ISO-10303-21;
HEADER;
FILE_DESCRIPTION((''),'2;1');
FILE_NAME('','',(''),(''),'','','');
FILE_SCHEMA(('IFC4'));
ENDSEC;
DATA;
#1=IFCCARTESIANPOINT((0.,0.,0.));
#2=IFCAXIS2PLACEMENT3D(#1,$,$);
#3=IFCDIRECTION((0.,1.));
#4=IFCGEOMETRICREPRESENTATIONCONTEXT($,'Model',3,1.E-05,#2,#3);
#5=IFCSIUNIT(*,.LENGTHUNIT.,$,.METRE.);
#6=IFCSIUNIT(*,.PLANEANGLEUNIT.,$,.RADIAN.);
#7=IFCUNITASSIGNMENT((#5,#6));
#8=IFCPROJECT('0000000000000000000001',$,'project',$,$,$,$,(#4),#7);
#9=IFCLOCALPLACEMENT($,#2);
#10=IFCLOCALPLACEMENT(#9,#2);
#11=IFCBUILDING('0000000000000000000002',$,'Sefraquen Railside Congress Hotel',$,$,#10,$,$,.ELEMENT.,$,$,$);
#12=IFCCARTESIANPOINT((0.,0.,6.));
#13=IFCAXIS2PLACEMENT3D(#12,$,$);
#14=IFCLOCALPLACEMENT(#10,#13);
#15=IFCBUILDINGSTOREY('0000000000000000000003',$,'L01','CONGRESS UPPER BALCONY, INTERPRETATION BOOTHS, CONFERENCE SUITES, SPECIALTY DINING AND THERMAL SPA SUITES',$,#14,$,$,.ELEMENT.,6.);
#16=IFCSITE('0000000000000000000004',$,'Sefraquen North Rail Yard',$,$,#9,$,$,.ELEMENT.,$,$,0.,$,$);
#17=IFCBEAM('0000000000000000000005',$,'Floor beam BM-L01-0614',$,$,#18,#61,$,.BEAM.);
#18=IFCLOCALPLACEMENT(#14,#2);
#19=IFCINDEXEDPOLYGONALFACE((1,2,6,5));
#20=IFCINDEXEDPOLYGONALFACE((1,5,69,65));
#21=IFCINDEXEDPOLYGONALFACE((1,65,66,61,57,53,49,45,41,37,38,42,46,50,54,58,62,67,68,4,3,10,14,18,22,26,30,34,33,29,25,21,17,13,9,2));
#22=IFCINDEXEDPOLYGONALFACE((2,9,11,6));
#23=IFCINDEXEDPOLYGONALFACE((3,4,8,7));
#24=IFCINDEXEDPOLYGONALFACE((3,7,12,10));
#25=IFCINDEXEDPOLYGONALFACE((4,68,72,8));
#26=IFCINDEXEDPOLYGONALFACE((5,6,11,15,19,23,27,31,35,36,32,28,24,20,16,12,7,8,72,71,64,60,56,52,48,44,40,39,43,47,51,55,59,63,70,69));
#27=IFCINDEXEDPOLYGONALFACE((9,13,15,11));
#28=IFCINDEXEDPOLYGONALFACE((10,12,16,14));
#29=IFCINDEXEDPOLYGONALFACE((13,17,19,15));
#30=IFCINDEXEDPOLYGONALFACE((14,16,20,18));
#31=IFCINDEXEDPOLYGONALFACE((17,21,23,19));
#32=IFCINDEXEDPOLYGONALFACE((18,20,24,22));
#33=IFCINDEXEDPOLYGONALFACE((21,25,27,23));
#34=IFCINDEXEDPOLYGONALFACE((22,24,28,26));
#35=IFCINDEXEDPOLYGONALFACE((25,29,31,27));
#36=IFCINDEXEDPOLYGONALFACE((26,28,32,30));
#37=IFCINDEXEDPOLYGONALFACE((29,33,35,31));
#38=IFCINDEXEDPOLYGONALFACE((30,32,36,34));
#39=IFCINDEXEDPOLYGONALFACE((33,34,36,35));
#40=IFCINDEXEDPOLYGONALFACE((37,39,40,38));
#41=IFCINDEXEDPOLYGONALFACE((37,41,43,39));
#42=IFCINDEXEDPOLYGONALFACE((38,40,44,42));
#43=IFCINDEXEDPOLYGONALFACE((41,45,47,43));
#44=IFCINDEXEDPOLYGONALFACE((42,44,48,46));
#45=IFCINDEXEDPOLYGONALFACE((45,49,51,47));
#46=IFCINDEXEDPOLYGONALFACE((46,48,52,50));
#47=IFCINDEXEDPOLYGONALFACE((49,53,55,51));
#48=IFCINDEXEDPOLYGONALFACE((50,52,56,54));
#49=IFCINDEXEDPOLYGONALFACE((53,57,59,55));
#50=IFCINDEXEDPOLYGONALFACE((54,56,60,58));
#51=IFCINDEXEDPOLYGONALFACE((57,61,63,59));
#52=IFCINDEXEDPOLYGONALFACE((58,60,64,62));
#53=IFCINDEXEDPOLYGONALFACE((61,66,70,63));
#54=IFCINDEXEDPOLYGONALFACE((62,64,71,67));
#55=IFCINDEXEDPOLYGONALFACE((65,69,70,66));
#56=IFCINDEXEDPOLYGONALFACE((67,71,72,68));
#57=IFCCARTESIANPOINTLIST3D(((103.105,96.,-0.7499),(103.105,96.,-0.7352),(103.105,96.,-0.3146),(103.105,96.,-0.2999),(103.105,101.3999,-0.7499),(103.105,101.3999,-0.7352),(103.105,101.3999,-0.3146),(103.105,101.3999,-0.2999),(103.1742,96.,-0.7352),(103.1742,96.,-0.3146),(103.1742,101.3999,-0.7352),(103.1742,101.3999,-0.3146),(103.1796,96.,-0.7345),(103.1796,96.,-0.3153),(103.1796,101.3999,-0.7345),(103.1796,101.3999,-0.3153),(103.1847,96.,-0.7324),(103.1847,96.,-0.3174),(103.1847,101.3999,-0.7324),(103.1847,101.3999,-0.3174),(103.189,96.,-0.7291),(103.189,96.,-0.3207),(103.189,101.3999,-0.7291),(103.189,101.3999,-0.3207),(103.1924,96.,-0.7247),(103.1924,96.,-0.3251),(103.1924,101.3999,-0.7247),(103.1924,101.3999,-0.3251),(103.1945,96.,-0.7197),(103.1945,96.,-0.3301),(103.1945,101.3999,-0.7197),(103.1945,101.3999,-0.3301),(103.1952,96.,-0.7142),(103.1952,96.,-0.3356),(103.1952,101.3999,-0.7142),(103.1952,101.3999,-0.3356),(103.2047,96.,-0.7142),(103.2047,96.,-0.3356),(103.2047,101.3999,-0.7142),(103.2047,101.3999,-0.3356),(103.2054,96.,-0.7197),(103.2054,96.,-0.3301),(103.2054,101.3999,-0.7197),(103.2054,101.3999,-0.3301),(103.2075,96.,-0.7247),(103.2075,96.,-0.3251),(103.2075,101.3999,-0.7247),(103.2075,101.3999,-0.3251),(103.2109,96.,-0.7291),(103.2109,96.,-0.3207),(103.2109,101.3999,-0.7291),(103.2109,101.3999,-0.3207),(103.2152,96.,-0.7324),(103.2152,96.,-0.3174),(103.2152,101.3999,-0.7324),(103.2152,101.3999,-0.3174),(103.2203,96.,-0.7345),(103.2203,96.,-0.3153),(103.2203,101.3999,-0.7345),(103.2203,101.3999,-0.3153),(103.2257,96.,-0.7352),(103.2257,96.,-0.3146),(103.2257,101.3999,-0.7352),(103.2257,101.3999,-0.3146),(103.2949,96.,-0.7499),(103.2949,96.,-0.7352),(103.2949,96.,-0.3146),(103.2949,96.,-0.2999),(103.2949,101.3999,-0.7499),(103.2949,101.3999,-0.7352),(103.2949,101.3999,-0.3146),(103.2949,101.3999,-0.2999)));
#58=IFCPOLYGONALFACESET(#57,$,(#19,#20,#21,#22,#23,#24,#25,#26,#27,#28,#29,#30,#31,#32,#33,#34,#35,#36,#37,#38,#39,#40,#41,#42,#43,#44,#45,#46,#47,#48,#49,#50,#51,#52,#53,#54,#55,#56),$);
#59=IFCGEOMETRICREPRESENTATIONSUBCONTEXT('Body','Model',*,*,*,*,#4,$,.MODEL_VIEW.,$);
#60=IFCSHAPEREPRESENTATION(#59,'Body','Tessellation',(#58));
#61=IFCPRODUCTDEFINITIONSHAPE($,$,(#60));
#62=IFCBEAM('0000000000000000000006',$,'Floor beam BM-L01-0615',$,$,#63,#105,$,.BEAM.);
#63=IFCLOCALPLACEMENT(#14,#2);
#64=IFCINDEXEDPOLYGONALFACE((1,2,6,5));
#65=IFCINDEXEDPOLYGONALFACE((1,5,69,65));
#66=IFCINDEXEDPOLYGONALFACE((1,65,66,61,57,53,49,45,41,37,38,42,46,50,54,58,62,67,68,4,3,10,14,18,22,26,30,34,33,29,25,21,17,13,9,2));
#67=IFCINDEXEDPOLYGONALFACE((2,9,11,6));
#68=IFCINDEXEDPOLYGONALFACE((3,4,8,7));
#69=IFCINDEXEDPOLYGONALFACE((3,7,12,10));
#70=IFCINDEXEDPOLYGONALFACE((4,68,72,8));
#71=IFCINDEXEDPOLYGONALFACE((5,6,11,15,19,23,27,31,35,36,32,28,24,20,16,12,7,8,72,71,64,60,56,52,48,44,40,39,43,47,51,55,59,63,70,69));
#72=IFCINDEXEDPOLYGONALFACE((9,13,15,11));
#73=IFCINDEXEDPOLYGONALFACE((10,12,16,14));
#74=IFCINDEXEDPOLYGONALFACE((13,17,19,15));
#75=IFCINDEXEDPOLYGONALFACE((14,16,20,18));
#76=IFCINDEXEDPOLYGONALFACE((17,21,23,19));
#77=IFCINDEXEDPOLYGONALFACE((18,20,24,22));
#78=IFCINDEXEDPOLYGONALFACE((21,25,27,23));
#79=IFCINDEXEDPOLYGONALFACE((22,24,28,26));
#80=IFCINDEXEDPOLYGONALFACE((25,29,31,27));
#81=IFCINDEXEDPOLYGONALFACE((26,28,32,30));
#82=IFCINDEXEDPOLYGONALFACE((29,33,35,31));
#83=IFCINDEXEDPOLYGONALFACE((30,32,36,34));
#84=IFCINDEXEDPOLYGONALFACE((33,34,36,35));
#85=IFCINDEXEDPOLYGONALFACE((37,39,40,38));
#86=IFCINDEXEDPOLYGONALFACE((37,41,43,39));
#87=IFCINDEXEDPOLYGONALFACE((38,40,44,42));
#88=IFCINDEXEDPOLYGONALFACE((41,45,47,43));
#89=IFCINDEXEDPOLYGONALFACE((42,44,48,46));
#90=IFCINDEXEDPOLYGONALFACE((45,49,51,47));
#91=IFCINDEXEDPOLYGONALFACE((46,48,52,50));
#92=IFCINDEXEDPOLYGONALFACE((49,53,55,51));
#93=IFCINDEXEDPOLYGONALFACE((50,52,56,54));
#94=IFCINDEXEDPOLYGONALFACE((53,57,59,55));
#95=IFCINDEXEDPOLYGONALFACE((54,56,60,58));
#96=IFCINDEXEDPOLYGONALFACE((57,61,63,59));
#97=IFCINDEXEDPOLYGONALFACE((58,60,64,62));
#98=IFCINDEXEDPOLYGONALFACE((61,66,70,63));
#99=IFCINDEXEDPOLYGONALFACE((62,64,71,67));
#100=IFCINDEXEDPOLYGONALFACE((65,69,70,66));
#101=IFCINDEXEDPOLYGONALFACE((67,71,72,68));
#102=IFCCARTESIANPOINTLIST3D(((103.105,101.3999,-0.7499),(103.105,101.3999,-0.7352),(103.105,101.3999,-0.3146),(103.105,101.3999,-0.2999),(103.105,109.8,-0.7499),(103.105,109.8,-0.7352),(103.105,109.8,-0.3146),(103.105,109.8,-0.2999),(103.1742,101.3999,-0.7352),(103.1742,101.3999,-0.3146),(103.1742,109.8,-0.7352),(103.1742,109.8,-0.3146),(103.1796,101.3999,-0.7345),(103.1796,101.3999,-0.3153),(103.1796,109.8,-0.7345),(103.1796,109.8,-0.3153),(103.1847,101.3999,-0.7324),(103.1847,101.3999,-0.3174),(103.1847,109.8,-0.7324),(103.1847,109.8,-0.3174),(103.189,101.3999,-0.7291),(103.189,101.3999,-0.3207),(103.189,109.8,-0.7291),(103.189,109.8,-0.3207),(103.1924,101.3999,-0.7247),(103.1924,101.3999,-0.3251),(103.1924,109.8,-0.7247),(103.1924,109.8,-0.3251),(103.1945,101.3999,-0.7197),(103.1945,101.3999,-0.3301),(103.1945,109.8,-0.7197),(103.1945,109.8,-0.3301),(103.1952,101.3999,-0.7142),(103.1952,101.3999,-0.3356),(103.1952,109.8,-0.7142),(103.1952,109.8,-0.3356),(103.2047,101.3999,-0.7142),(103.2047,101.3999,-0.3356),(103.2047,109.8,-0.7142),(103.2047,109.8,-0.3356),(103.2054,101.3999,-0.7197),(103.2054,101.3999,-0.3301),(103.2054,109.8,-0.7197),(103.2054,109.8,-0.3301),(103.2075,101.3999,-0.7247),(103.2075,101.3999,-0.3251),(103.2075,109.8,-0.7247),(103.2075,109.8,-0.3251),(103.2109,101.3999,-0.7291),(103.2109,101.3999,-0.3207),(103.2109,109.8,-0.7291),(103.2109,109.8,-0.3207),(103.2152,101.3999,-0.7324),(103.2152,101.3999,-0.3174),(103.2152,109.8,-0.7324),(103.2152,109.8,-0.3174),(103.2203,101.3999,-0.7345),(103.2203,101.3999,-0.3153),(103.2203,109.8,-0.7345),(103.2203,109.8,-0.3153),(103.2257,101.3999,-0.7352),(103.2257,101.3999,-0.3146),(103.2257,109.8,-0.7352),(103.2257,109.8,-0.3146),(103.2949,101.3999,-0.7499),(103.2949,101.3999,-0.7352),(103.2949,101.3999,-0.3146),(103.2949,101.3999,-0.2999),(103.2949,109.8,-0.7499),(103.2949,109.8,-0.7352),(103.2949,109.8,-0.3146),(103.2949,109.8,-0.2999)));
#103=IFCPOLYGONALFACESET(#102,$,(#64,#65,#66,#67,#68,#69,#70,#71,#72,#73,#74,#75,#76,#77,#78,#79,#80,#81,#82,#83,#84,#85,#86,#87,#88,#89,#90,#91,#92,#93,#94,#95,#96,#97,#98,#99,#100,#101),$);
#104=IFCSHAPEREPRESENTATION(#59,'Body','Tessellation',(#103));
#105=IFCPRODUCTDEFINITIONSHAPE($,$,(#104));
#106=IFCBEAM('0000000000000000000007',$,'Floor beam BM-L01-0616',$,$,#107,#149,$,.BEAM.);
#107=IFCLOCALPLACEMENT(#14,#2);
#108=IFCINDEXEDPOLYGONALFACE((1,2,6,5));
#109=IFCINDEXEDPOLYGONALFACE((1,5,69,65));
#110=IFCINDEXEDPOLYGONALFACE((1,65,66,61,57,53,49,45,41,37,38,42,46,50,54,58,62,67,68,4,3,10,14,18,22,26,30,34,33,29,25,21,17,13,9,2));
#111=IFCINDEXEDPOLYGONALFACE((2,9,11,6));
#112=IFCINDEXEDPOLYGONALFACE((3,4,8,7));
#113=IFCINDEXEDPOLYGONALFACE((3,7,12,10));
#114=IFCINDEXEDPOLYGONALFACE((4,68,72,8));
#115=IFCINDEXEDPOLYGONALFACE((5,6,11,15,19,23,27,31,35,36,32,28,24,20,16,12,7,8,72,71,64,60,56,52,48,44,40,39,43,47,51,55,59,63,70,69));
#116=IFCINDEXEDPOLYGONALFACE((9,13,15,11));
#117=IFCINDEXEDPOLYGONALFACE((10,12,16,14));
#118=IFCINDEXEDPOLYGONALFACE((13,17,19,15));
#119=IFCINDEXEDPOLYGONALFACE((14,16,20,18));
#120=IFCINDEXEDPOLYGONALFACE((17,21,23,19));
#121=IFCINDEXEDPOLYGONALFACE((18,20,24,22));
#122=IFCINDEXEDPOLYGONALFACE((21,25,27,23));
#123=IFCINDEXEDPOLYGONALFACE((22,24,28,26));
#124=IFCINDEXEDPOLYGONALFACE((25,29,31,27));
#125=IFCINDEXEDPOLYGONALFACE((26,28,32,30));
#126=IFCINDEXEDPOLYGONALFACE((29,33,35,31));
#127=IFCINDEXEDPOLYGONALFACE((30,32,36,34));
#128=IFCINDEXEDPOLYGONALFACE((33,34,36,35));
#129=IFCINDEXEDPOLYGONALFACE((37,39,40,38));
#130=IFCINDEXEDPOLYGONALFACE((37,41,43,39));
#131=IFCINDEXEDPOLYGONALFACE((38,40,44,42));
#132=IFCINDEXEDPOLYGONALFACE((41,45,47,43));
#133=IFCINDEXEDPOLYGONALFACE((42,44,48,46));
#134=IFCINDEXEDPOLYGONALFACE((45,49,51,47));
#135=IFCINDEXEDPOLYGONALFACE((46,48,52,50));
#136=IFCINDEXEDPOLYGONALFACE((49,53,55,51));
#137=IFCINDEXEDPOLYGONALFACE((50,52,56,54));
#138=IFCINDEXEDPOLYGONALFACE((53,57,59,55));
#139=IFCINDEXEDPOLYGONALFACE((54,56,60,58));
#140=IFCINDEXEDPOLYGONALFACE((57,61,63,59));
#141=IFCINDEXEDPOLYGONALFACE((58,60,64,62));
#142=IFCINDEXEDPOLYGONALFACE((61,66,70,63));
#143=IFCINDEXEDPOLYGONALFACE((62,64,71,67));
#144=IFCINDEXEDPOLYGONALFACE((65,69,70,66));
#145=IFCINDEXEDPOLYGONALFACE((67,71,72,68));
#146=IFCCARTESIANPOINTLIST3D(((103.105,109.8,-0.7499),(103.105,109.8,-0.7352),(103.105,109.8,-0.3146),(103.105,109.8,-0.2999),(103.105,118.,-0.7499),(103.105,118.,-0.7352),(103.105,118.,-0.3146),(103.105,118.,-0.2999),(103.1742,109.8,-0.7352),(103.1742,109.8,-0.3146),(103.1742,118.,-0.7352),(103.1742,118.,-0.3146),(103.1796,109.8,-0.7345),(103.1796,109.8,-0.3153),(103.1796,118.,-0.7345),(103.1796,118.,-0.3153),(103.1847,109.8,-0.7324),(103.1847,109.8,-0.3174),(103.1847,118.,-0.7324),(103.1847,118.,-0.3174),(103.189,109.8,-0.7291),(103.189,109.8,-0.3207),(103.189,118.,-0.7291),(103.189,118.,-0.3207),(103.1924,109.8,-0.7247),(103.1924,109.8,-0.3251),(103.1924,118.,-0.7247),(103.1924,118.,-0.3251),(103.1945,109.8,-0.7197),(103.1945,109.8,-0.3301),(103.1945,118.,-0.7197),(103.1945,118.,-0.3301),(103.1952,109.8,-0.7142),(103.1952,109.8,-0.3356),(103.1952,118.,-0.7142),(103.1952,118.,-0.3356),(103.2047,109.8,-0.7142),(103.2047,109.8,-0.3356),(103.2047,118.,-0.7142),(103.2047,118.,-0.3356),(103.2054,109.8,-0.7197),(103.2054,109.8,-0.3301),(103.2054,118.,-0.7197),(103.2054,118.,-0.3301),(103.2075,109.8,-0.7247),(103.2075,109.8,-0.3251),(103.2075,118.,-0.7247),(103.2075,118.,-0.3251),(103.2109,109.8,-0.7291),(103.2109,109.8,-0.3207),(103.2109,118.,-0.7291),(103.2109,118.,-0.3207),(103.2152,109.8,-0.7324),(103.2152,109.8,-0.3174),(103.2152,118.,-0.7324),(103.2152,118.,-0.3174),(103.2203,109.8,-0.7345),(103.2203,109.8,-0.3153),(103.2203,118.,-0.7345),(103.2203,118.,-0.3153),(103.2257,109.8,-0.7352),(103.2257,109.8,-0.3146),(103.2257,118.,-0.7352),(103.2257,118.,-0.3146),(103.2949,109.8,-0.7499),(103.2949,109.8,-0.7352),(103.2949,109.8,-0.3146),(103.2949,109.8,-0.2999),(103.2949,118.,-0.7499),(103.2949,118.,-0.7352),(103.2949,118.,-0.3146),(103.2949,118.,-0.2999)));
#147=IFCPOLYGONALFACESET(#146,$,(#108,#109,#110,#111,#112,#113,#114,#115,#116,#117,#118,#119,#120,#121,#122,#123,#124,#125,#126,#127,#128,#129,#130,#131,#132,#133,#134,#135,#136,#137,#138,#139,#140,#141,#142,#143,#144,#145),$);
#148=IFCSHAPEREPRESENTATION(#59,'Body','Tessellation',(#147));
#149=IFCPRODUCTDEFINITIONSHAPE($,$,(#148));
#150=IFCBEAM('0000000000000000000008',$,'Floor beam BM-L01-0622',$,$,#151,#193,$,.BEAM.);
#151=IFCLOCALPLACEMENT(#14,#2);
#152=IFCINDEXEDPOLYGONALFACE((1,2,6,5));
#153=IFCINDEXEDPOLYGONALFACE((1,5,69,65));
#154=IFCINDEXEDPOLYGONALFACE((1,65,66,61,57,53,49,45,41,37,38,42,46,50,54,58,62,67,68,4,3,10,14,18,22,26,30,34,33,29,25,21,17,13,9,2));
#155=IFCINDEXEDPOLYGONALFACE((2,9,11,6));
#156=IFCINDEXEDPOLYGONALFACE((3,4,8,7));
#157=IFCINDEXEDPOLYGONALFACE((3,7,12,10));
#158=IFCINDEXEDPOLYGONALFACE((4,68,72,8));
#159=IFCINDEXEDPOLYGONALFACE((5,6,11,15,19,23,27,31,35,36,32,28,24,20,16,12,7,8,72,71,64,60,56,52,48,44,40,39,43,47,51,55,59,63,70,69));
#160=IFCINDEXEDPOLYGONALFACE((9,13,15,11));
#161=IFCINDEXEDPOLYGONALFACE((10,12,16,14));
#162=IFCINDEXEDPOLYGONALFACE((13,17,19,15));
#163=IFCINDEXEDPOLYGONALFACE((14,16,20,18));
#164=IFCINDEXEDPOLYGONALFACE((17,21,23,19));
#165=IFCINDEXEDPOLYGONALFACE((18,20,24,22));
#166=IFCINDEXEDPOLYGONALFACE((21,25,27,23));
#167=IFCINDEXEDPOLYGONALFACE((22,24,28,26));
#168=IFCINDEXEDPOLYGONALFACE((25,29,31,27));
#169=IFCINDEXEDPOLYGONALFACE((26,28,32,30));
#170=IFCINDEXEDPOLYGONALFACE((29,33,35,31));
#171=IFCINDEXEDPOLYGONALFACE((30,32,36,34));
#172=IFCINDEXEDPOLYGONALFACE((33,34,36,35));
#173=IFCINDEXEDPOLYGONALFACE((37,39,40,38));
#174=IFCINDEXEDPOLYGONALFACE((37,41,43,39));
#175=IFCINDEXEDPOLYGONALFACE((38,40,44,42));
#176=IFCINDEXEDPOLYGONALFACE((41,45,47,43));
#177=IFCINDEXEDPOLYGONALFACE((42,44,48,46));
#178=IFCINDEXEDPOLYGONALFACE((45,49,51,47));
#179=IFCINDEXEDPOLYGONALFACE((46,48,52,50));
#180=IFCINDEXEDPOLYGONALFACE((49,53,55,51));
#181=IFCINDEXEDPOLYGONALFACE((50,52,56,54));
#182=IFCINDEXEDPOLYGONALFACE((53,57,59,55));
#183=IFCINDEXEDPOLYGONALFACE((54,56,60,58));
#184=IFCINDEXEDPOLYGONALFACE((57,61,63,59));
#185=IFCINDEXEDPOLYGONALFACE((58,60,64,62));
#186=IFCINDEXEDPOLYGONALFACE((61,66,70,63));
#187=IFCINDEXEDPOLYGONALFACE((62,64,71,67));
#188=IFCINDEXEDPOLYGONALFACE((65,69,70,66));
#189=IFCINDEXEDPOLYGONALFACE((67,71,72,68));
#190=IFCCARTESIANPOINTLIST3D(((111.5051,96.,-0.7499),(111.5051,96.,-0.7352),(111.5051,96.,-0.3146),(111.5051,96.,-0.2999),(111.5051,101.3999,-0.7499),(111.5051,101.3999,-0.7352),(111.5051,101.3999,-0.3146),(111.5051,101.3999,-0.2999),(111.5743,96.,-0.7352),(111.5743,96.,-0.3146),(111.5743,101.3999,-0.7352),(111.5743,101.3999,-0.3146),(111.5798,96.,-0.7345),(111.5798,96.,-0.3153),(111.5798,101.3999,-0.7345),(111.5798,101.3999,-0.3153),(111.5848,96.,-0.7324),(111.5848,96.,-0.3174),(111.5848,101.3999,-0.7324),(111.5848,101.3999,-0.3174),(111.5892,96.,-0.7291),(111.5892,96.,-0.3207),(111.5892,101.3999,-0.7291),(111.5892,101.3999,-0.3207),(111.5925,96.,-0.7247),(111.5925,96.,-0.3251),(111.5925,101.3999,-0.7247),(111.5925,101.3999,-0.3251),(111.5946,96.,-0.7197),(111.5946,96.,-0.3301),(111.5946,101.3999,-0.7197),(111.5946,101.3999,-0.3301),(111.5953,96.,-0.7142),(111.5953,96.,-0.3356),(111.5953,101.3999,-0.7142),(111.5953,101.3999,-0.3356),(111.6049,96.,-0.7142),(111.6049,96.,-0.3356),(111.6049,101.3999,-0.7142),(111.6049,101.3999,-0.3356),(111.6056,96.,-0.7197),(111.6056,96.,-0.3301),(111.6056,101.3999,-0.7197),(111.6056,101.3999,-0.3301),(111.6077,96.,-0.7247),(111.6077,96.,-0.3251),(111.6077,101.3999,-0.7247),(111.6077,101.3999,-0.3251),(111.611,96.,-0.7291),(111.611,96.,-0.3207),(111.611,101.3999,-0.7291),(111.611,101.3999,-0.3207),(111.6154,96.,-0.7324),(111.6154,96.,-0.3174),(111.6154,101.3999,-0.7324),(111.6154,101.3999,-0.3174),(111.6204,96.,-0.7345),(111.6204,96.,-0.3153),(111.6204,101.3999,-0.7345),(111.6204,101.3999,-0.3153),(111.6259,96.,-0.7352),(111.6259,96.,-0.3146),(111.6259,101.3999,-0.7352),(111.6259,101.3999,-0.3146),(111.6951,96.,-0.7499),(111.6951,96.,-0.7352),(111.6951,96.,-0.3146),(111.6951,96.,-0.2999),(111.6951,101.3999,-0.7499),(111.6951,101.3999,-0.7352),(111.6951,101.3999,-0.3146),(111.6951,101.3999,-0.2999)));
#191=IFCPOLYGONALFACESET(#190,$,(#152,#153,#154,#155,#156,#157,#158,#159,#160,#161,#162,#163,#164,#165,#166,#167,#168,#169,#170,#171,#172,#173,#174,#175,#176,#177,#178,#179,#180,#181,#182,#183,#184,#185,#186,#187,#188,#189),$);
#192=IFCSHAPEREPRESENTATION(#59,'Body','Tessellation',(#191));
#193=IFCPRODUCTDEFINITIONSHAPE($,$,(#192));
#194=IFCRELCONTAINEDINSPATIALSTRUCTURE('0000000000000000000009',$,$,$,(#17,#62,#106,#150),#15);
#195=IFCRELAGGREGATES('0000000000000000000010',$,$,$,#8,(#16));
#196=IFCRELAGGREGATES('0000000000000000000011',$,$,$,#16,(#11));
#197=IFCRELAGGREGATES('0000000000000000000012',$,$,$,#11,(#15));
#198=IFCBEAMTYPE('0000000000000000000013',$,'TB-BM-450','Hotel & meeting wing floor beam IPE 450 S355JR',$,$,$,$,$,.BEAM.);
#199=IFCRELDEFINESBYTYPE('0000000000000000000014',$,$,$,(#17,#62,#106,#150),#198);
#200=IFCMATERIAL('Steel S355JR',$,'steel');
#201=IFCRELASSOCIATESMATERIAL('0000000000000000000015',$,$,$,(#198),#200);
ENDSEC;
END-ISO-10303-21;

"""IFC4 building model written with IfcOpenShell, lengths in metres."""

from ifc_helpers import new_model, si_unit, direction, frame, origin, origin_2d, place, context, subcontext, project, spatial, i_section, extrude, material, material_profile, profile_set, type_object, element, save


model = new_model("IFC4")

# Units and contexts
model_context = context("Model", 3, precision=1e-05, world=origin(), true_north=direction((0.0, 1.0)))
body_context = subcontext(model_context, "Body", "Model", "MODEL_VIEW")
ifc_project = project(units=[si_unit("LENGTHUNIT", "METRE"), si_unit("PLANEANGLEUNIT", "RADIAN")], contexts=[model_context])

# Site, building, storey
site_placement = place(None, origin())
site = spatial("IfcSite", under=ifc_project, at=site_placement, Name="Sefraquen North Rail Yard", CompositionType="ELEMENT", RefElevation=0.0)
building_placement = place(site_placement, origin())
building = spatial("IfcBuilding", under=site, at=building_placement, Name="Sefraquen Railside Congress Hotel", CompositionType="ELEMENT")
storey_placement = place(building_placement, frame((0.0, 0.0, 6.0)))
storey = spatial("IfcBuildingStorey", under=building, at=storey_placement, Name="L01", Description="CONGRESS UPPER BALCONY, INTERPRETATION BOOTHS, CONFERENCE SUITES, SPECIALTY DINING AND THERMAL SPA SUITES", CompositionType="ELEMENT", Elevation=6.0)

# Shared definitions
ifc_material_1 = material(Name="Steel S355JR", Category="steel")

# Beams
ifc_material_profile_1 = material_profile(ifc_material_1, i_section(OverallWidth=0.1899, OverallDepth=0.45, WebThickness=0.0095, FlangeThickness=0.0146, FilletRadius=0.021, at=origin_2d()), Name="IPE 450")
ifc_profile_set_1 = profile_set([ifc_material_profile_1], Name="Steel S355JR")
beam_type_1 = type_object("IfcBeamType", Name="TB-BM-450", Description="Hotel & meeting wing floor beam IPE 450 S355JR", PredefinedType="BEAM", material=ifc_profile_set_1)
beam_1_placement = place(storey_placement, frame((103.2, 96.0, -0.5249), z_axis=(0.0, 1.0, 0.0), x_axis=(-1.0, 0.0, 0.0)))
element("IfcBeam", 1, at=beam_1_placement, inside=storey, type_object=beam_type_1, Name="Floor beam BM-L01-0614", PredefinedType="BEAM", context=body_context, shape_type="SweptSolid", body=[
    extrude(i_section(OverallWidth=0.1899, OverallDepth=0.45, WebThickness=0.0095, FlangeThickness=0.0146, FilletRadius=0.021, at=origin_2d()), origin(), (0.0, 0.0, 1.0), 5.3999),
])
beam_2_placement = place(storey_placement, frame((103.2, 101.3999, -0.5249), z_axis=(0.0, 1.0, 0.0), x_axis=(-1.0, 0.0, 0.0)))
element("IfcBeam", 2, at=beam_2_placement, inside=storey, type_object=beam_type_1, Name="Floor beam BM-L01-0615", PredefinedType="BEAM", context=body_context, shape_type="SweptSolid", body=[
    extrude(i_section(OverallWidth=0.1899, OverallDepth=0.45, WebThickness=0.0095, FlangeThickness=0.0146, FilletRadius=0.021, at=origin_2d()), origin(), (0.0, 0.0, 1.0), 8.4001),
])
beam_3_placement = place(storey_placement, frame((103.2, 109.8, -0.5249), z_axis=(0.0, 1.0, 0.0), x_axis=(-1.0, 0.0, 0.0)))
element("IfcBeam", 3, at=beam_3_placement, inside=storey, type_object=beam_type_1, Name="Floor beam BM-L01-0616", PredefinedType="BEAM", context=body_context, shape_type="SweptSolid", body=[
    extrude(i_section(OverallWidth=0.1899, OverallDepth=0.45, WebThickness=0.0095, FlangeThickness=0.0146, FilletRadius=0.021, at=origin_2d()), origin(), (0.0, 0.0, 1.0), 8.2),
])
beam_4_placement = place(storey_placement, frame((111.6001, 96.0, -0.5249), z_axis=(0.0, 1.0, 0.0), x_axis=(-1.0, 0.0, 0.0)))
element("IfcBeam", 4, at=beam_4_placement, inside=storey, type_object=beam_type_1, Name="Floor beam BM-L01-0622", PredefinedType="BEAM", context=body_context, shape_type="SweptSolid", body=[
    extrude(i_section(OverallWidth=0.1899, OverallDepth=0.45, WebThickness=0.0095, FlangeThickness=0.0146, FilletRadius=0.021, at=origin_2d()), origin(), (0.0, 0.0, 1.0), 5.3999),
])

save(model, "model.ifc")
